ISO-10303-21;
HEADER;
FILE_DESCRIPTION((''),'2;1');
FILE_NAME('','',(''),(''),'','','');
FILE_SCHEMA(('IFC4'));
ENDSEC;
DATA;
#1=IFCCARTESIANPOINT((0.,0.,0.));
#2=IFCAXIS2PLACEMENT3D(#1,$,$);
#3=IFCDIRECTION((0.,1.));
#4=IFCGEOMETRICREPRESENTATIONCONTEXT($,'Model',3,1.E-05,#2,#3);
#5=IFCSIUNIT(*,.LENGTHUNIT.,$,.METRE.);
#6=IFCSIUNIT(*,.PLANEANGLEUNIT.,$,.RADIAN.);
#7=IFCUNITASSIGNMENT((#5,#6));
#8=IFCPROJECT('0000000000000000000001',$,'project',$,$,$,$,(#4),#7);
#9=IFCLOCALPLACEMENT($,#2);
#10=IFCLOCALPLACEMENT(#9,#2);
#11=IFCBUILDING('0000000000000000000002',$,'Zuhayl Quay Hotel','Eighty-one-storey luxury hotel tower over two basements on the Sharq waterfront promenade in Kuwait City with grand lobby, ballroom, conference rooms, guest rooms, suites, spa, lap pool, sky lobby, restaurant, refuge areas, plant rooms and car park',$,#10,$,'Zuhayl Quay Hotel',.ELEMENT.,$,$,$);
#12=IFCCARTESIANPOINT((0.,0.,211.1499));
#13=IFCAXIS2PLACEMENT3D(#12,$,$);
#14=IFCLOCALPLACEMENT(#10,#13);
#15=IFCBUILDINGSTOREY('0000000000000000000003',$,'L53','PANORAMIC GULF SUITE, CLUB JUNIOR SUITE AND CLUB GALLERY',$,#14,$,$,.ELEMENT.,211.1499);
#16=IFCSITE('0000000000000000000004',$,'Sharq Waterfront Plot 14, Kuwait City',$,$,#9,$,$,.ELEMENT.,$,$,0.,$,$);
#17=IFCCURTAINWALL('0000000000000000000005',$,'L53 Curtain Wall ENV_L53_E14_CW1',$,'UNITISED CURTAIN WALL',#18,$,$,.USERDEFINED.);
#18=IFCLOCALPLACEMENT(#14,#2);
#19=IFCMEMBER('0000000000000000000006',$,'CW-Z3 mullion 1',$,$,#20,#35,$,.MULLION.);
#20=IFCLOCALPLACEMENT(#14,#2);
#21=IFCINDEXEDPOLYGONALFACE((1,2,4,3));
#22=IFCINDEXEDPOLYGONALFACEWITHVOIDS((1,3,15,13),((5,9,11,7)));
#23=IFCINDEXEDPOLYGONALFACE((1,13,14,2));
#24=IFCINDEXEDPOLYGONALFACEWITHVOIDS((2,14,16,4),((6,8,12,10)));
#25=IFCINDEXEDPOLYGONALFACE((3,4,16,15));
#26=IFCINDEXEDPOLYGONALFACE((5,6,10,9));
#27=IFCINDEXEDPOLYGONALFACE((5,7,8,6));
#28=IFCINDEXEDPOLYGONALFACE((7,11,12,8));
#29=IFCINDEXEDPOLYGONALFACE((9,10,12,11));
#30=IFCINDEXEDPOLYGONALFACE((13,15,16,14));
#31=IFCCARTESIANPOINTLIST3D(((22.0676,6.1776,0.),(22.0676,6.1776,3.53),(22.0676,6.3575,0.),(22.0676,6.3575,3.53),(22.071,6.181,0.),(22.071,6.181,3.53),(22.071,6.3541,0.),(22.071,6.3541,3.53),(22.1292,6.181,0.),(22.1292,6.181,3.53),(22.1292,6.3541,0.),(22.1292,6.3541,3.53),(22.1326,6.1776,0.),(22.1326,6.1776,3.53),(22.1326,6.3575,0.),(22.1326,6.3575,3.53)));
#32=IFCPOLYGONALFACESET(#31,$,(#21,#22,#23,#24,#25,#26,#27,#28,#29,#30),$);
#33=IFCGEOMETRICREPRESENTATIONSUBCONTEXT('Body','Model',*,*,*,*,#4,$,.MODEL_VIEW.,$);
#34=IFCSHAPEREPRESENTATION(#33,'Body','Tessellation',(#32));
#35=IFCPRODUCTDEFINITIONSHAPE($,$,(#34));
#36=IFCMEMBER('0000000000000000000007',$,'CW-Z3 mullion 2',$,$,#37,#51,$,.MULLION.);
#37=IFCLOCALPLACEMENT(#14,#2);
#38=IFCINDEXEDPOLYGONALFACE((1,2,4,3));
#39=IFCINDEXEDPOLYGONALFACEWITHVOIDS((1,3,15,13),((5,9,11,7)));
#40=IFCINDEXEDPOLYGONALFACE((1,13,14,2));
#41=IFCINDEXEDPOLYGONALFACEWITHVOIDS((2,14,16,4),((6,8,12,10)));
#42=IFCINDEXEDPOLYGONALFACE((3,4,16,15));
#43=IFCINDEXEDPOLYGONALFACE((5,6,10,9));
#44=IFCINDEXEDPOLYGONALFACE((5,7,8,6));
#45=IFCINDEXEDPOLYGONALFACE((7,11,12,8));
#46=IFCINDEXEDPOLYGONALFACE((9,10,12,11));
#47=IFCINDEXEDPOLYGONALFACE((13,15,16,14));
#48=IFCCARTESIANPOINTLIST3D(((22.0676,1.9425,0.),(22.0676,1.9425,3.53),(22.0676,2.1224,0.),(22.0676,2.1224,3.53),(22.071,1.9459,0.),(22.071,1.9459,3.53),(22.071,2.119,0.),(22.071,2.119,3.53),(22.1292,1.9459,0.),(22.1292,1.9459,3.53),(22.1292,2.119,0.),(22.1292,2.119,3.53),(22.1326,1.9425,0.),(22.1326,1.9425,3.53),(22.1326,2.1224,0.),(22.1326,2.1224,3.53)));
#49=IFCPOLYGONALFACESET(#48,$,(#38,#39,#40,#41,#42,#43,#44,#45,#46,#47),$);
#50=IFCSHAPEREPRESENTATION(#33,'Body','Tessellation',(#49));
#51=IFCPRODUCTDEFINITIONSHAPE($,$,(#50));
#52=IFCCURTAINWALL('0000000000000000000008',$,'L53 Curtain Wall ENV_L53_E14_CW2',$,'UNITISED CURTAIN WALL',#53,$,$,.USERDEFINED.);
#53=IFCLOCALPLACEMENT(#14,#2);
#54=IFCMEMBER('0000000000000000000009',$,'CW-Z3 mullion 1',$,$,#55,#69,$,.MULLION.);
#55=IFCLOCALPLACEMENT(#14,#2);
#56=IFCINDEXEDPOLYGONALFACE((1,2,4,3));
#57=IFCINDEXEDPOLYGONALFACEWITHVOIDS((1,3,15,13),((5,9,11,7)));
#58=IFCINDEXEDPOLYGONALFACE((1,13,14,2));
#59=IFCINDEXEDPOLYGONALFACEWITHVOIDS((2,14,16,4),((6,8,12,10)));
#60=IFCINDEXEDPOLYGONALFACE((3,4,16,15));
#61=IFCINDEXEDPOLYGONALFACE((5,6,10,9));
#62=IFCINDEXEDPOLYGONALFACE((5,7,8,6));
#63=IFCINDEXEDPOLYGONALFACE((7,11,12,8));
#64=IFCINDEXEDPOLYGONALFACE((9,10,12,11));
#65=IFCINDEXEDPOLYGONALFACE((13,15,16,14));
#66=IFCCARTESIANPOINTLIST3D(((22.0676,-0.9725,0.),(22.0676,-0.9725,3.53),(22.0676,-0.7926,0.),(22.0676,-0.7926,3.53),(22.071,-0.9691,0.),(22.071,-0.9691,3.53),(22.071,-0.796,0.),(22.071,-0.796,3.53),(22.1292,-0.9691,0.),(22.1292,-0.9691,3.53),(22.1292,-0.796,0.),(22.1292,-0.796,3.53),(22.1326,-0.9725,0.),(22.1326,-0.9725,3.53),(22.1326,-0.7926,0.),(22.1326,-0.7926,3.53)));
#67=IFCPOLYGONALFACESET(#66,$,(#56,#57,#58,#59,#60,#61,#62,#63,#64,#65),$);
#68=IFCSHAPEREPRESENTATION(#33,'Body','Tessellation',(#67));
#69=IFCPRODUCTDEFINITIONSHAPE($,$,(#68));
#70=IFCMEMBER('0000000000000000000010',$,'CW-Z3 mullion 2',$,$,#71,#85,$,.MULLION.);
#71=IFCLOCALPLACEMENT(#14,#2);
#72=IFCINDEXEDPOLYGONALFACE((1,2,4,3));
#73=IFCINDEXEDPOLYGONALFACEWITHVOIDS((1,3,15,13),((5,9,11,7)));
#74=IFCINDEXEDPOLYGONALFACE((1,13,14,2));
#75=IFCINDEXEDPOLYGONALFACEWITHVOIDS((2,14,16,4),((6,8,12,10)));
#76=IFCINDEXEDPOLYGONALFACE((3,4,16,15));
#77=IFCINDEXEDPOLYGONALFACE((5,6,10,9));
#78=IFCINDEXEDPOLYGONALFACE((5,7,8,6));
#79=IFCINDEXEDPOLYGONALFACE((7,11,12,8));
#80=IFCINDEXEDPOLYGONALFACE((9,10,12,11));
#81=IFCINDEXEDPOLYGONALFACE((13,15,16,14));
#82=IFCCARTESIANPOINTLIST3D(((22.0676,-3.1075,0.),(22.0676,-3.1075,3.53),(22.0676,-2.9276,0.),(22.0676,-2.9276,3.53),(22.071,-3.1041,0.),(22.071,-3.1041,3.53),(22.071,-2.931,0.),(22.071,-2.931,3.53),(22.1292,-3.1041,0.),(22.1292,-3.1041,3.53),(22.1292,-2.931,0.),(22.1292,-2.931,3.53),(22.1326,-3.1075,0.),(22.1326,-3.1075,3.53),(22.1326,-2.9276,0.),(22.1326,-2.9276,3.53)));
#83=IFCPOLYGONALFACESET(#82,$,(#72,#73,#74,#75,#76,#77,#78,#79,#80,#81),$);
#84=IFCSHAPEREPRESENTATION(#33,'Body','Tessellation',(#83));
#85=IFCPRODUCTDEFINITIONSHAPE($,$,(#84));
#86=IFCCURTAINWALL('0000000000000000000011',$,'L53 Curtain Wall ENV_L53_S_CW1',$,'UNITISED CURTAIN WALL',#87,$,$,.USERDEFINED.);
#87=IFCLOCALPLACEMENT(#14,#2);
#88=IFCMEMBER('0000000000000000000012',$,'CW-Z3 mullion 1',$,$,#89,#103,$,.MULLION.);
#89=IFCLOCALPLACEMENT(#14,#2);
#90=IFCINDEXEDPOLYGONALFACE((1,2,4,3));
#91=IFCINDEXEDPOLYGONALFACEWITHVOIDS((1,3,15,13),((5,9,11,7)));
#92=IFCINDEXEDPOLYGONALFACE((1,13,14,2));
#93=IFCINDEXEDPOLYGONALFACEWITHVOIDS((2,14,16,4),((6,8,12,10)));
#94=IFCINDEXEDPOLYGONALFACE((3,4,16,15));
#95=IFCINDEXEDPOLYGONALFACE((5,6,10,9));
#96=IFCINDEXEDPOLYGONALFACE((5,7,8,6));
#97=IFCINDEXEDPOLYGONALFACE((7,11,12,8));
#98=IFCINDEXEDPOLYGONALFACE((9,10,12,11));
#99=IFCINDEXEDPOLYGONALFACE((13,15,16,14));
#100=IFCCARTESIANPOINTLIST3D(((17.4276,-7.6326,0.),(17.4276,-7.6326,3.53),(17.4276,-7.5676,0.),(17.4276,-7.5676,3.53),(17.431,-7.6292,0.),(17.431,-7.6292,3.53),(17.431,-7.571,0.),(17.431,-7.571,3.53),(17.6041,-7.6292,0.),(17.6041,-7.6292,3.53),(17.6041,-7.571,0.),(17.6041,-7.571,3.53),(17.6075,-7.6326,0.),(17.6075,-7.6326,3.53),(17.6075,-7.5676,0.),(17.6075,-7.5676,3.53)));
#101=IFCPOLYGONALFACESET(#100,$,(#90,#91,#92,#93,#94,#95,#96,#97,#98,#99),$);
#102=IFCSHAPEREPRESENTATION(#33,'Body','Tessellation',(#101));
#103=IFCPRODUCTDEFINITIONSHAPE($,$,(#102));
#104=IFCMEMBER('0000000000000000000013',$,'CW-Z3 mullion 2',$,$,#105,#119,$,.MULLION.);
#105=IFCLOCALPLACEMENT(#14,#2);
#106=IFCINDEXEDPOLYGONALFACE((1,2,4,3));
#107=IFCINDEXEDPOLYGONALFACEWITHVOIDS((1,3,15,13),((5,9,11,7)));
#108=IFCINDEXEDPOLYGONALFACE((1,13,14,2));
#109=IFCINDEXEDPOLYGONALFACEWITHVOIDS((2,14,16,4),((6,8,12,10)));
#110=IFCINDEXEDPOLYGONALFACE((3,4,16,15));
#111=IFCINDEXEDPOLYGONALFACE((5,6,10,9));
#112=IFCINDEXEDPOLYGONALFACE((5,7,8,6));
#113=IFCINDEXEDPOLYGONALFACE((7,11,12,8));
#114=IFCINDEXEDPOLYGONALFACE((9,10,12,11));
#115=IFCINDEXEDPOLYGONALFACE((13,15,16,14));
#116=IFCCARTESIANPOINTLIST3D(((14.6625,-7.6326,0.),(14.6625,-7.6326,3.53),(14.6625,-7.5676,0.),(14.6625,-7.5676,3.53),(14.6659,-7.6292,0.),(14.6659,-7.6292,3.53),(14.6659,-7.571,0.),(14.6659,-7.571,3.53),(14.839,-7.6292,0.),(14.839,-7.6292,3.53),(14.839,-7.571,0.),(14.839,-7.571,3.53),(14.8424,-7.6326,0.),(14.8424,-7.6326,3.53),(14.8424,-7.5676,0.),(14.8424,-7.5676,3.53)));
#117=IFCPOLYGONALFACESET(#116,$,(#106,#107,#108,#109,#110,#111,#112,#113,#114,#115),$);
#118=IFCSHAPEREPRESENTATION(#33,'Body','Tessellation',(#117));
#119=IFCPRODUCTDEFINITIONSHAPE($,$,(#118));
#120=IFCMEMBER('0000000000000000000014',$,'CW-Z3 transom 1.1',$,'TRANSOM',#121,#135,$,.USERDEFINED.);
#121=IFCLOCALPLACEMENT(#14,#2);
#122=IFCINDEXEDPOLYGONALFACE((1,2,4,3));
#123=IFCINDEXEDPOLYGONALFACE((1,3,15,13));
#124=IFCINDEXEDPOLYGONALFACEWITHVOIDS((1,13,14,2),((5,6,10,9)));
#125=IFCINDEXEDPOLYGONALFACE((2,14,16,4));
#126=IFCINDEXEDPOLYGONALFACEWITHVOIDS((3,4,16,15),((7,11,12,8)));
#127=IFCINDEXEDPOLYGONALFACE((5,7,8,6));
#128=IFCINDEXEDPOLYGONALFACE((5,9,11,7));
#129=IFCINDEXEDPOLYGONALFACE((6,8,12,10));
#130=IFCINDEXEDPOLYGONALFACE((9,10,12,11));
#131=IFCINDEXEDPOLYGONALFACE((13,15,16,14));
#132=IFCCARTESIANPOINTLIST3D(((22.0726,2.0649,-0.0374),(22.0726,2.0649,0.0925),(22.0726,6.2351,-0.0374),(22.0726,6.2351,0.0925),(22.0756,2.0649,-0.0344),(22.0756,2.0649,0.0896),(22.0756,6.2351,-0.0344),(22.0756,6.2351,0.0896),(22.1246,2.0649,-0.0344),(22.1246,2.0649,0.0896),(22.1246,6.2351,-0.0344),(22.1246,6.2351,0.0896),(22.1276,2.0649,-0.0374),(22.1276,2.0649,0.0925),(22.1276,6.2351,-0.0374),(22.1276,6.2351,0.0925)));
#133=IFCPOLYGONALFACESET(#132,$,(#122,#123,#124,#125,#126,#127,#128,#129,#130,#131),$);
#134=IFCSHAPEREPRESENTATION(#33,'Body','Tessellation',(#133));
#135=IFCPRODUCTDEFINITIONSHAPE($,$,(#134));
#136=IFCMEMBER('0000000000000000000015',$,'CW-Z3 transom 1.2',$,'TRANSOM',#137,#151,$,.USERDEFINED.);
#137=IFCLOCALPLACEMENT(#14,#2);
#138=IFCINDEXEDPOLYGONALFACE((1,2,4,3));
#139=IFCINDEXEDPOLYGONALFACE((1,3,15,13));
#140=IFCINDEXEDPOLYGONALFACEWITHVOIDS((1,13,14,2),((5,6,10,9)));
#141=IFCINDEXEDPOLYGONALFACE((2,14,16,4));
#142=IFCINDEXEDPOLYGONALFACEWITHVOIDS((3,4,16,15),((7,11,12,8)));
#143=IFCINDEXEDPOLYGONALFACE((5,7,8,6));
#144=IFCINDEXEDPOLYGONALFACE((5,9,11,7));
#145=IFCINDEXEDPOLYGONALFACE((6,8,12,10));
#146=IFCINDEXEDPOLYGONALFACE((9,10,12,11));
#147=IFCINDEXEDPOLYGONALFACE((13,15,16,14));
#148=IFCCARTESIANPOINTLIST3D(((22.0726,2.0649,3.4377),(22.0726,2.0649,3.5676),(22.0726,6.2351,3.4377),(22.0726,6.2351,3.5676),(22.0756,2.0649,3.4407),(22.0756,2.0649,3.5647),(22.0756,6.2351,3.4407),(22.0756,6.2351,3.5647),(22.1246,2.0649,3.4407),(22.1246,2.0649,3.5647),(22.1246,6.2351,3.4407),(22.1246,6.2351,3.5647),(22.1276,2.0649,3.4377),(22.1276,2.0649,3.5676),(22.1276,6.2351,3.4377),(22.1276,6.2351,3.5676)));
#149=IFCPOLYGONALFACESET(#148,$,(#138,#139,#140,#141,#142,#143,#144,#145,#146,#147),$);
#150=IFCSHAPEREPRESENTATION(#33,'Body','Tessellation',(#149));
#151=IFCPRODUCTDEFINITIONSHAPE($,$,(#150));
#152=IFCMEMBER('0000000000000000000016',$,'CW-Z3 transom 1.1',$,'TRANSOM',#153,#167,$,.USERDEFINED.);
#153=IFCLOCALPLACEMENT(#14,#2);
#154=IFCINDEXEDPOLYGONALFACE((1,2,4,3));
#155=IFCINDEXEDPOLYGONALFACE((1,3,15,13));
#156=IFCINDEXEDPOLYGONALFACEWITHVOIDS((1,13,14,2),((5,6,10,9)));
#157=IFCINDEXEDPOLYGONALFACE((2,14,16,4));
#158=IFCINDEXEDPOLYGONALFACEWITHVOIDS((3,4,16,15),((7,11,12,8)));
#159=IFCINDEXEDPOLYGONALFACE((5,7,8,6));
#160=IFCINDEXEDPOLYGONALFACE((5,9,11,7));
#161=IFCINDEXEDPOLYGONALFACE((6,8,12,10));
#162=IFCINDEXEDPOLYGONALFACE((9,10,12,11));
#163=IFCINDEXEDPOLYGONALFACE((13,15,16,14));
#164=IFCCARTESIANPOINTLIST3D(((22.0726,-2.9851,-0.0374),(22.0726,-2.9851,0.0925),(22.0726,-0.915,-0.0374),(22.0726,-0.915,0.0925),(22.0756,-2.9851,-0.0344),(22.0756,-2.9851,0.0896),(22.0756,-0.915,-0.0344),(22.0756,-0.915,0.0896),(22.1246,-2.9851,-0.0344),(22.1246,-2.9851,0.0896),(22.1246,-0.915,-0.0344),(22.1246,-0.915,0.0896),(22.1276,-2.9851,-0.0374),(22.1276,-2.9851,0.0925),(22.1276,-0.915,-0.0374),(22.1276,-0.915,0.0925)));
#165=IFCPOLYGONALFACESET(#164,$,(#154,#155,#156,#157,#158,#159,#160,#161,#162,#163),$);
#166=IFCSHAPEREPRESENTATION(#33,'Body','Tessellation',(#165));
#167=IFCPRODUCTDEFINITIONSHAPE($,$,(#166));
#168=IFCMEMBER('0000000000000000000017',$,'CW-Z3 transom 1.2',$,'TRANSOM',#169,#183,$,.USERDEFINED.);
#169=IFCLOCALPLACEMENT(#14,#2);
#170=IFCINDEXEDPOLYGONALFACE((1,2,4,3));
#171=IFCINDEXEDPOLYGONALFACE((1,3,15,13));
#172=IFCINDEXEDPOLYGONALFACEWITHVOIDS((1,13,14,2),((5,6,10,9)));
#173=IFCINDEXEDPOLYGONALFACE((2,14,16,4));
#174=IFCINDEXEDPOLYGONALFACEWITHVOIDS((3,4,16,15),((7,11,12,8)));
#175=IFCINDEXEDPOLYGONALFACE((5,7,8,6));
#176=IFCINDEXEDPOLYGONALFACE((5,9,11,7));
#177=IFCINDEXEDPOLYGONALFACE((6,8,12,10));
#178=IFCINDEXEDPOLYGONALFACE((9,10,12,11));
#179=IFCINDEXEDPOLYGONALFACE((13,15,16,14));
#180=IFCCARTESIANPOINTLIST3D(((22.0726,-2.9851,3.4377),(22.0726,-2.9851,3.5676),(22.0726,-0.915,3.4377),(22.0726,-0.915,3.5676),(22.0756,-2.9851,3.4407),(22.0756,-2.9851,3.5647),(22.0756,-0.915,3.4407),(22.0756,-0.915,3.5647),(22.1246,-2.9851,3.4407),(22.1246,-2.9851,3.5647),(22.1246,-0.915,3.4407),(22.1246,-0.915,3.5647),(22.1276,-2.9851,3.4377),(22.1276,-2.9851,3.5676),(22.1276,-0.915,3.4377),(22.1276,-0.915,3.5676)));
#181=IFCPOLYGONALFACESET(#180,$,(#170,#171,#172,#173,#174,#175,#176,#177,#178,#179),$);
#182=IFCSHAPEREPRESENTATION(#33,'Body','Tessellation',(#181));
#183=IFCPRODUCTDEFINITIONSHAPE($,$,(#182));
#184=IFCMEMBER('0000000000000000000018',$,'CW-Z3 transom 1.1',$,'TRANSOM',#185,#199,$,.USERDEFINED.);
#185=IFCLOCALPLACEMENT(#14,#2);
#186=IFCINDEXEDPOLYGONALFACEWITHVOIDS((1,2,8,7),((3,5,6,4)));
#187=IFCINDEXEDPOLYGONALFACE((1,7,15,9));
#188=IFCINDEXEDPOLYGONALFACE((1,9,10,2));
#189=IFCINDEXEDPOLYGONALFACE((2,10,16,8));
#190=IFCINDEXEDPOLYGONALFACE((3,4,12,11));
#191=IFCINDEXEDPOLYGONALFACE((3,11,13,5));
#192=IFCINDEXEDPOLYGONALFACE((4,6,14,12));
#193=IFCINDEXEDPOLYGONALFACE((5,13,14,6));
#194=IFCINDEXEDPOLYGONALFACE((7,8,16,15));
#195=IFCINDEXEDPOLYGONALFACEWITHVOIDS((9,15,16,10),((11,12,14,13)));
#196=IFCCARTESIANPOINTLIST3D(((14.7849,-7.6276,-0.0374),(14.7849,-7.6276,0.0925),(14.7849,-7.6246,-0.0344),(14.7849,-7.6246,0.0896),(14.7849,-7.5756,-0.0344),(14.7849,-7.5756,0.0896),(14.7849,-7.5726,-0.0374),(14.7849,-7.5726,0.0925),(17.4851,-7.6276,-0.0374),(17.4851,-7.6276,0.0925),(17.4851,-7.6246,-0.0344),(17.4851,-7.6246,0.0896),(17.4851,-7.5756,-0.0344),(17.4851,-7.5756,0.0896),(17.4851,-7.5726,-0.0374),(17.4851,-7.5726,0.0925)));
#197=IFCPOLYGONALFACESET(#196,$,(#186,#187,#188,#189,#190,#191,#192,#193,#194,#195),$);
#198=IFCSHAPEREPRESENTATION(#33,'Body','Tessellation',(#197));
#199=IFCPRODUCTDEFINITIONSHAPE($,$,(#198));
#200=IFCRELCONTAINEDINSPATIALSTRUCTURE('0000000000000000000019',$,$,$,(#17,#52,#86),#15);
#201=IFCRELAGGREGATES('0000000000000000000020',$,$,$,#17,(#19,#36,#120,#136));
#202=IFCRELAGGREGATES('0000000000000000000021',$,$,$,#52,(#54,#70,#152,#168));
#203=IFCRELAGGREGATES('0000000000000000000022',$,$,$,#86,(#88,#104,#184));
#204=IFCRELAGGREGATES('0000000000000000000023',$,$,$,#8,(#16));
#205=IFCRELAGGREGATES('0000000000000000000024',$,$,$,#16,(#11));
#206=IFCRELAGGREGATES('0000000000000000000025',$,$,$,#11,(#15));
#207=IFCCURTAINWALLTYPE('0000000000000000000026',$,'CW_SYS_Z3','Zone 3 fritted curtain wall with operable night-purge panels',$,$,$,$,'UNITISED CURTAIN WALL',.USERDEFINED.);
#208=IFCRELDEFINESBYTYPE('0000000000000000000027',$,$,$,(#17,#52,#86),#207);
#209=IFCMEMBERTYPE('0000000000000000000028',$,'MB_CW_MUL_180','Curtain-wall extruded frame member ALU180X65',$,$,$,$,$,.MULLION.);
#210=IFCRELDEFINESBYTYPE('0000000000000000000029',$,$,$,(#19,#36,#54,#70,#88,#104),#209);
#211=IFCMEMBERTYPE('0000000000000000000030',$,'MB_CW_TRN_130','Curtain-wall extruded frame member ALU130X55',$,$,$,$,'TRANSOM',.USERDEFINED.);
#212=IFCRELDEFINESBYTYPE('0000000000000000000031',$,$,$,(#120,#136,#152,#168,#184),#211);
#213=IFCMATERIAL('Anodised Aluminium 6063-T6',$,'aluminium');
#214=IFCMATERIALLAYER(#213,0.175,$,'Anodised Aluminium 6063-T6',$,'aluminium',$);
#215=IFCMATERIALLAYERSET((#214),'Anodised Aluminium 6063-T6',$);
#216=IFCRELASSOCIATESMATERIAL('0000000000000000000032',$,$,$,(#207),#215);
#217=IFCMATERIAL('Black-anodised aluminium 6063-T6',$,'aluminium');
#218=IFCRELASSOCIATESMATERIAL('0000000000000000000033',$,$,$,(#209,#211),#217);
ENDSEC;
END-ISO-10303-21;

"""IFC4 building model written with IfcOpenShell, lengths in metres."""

from ifc_helpers import new_model, si_unit, direction, frame, origin, origin_2d, place, context, subcontext, project, spatial, hollow_rectangle, extrude, material, layer, layer_set, material_profile, profile_set, type_object, element, aggregate, save


model = new_model("IFC4")

# Units and contexts
model_context = context("Model", 3, precision=1e-05, world=origin(), true_north=direction((0.0, 1.0)))
body_context = subcontext(model_context, "Body", "Model", "MODEL_VIEW")
ifc_project = project(units=[si_unit("LENGTHUNIT", "METRE"), si_unit("PLANEANGLEUNIT", "RADIAN")], contexts=[model_context])

# Site, building, storey
site_placement = place(None, origin())
site = spatial("IfcSite", under=ifc_project, at=site_placement, Name="Sharq Waterfront Plot 14, Kuwait City", CompositionType="ELEMENT", RefElevation=0.0)
building_placement = place(site_placement, origin())
building = spatial("IfcBuilding", under=site, at=building_placement, Name="Zuhayl Quay Hotel", Description="Eighty-one-storey luxury hotel tower over two basements on the Sharq waterfront promenade in Kuwait City with grand lobby, ballroom, conference rooms, guest rooms, suites, spa, lap pool, sky lobby, restaurant, refuge areas, plant rooms and car park", LongName="Zuhayl Quay Hotel", CompositionType="ELEMENT")
storey_placement = place(building_placement, frame((0.0, 0.0, 211.1499)))
storey = spatial("IfcBuildingStorey", under=building, at=storey_placement, Name="L53", Description="PANORAMIC GULF SUITE, CLUB JUNIOR SUITE AND CLUB GALLERY", CompositionType="ELEMENT", Elevation=211.1499)

# Curtain walls, members
ifc_material_1 = material(Name="Anodised Aluminium 6063-T6", Category="aluminium")
ifc_layer_1 = layer(ifc_material_1, 0.175, Name="Anodised Aluminium 6063-T6", Category="aluminium")
ifc_layer_set_1 = layer_set([ifc_layer_1], Name="Anodised Aluminium 6063-T6")
curtain_wall_type = type_object("IfcCurtainWallType", Name="CW_SYS_Z3", Description="Zone 3 fritted curtain wall with operable night-purge panels", ElementType="UNITISED CURTAIN WALL", PredefinedType="USERDEFINED", material=ifc_layer_set_1)
curtain_wall_1_placement = place(storey_placement, origin())
curtain_wall_1 = element("IfcCurtainWall", 1, at=curtain_wall_1_placement, inside=storey, type_object=curtain_wall_type, Name="L53 Curtain Wall ENV_L53_E14_CW1", ObjectType="UNITISED CURTAIN WALL", PredefinedType="USERDEFINED")
ifc_material_2 = material(Name="Black-anodised aluminium 6063-T6", Category="aluminium")
ifc_material_profile_1 = material_profile(ifc_material_2, hollow_rectangle(XDim=0.0649, YDim=0.1799, WallThickness=0.0034, at=origin_2d()), Name="ALU180X65")
ifc_profile_set_1 = profile_set([ifc_material_profile_1], Name="Black-anodised aluminium 6063-T6")
member_type_1 = type_object("IfcMemberType", Name="MB_CW_MUL_180", Description="Curtain-wall extruded frame member ALU180X65", PredefinedType="MULLION", material=ifc_profile_set_1)
member_1_placement = place(storey_placement, frame((22.1001, 6.2676, 0.0), z_axis=(0.0, 0.0, 1.0), x_axis=(1.0, 0.0, 0.0)))
member_1 = element("IfcMember", 2, at=member_1_placement, type_object=member_type_1, Name="CW-Z3 mullion 1", PredefinedType="MULLION", context=body_context, shape_type="SweptSolid", body=[
    extrude(hollow_rectangle(XDim=0.0649, YDim=0.1799, WallThickness=0.0034, at=origin_2d()), origin(), (0.0, 0.0, 1.0), 3.53),
])
member_2_placement = place(storey_placement, frame((22.1001, 2.0325, 0.0), z_axis=(0.0, 0.0, 1.0), x_axis=(1.0, 0.0, 0.0)))
member_2 = element("IfcMember", 3, at=member_2_placement, type_object=member_type_1, Name="CW-Z3 mullion 2", PredefinedType="MULLION", context=body_context, shape_type="SweptSolid", body=[
    extrude(hollow_rectangle(XDim=0.0649, YDim=0.1799, WallThickness=0.0034, at=origin_2d()), origin(), (0.0, 0.0, 1.0), 3.53),
])
curtain_wall_2_placement = place(storey_placement, origin())
curtain_wall_2 = element("IfcCurtainWall", 4, at=curtain_wall_2_placement, inside=storey, type_object=curtain_wall_type, Name="L53 Curtain Wall ENV_L53_E14_CW2", ObjectType="UNITISED CURTAIN WALL", PredefinedType="USERDEFINED")
member_3_placement = place(storey_placement, frame((22.1001, -0.8826, 0.0), z_axis=(0.0, 0.0, 1.0), x_axis=(1.0, 0.0, 0.0)))
member_3 = element("IfcMember", 5, at=member_3_placement, type_object=member_type_1, Name="CW-Z3 mullion 1", PredefinedType="MULLION", context=body_context, shape_type="SweptSolid", body=[
    extrude(hollow_rectangle(XDim=0.0649, YDim=0.1799, WallThickness=0.0034, at=origin_2d()), origin(), (0.0, 0.0, 1.0), 3.53),
])
member_4_placement = place(storey_placement, frame((22.1001, -3.0176, 0.0), z_axis=(0.0, 0.0, 1.0), x_axis=(1.0, 0.0, 0.0)))
member_4 = element("IfcMember", 6, at=member_4_placement, type_object=member_type_1, Name="CW-Z3 mullion 2", PredefinedType="MULLION", context=body_context, shape_type="SweptSolid", body=[
    extrude(hollow_rectangle(XDim=0.0649, YDim=0.1799, WallThickness=0.0034, at=origin_2d()), origin(), (0.0, 0.0, 1.0), 3.53),
])
curtain_wall_3_placement = place(storey_placement, origin())
curtain_wall_3 = element("IfcCurtainWall", 7, at=curtain_wall_3_placement, inside=storey, type_object=curtain_wall_type, Name="L53 Curtain Wall ENV_L53_S_CW1", ObjectType="UNITISED CURTAIN WALL", PredefinedType="USERDEFINED")
member_5_placement = place(storey_placement, frame((17.5176, -7.6001, 0.0), z_axis=(0.0, 0.0, 1.0), x_axis=(0.0, -1.0, 0.0)))
member_5 = element("IfcMember", 8, at=member_5_placement, type_object=member_type_1, Name="CW-Z3 mullion 1", PredefinedType="MULLION", context=body_context, shape_type="SweptSolid", body=[
    extrude(hollow_rectangle(XDim=0.0649, YDim=0.1799, WallThickness=0.0034, at=origin_2d()), origin(), (0.0, 0.0, 1.0), 3.53),
])
member_6_placement = place(storey_placement, frame((14.7524, -7.6001, 0.0), z_axis=(0.0, 0.0, 1.0), x_axis=(0.0, -1.0, 0.0)))
member_6 = element("IfcMember", 9, at=member_6_placement, type_object=member_type_1, Name="CW-Z3 mullion 2", PredefinedType="MULLION", context=body_context, shape_type="SweptSolid", body=[
    extrude(hollow_rectangle(XDim=0.0649, YDim=0.1799, WallThickness=0.0034, at=origin_2d()), origin(), (0.0, 0.0, 1.0), 3.53),
])

# Members
ifc_material_profile_2 = material_profile(ifc_material_2, hollow_rectangle(XDim=0.0549, YDim=0.1299, WallThickness=0.0029, at=origin_2d()), Name="ALU130X55")
ifc_profile_set_2 = profile_set([ifc_material_profile_2], Name="Black-anodised aluminium 6063-T6")
member_type_2 = type_object("IfcMemberType", Name="MB_CW_TRN_130", Description="Curtain-wall extruded frame member ALU130X55", ElementType="TRANSOM", PredefinedType="USERDEFINED", material=ifc_profile_set_2)
member_7_placement = place(storey_placement, frame((22.1001, 6.2351, 0.0276), z_axis=(0.0, -1.0, 0.0), x_axis=(1.0, 0.0, 0.0)))
member_7 = element("IfcMember", 10, at=member_7_placement, type_object=member_type_2, Name="CW-Z3 transom 1.1", ObjectType="TRANSOM", PredefinedType="USERDEFINED", context=body_context, shape_type="SweptSolid", body=[
    extrude(hollow_rectangle(XDim=0.0549, YDim=0.1299, WallThickness=0.0029, at=origin_2d()), origin(), (0.0, 0.0, 1.0), 4.1702),
])
member_8_placement = place(storey_placement, frame((22.1001, 6.2351, 3.5027), z_axis=(0.0, -1.0, 0.0), x_axis=(1.0, 0.0, 0.0)))
member_8 = element("IfcMember", 11, at=member_8_placement, type_object=member_type_2, Name="CW-Z3 transom 1.2", ObjectType="TRANSOM", PredefinedType="USERDEFINED", context=body_context, shape_type="SweptSolid", body=[
    extrude(hollow_rectangle(XDim=0.0549, YDim=0.1299, WallThickness=0.0029, at=origin_2d()), origin(), (0.0, 0.0, 1.0), 4.1702),
])
member_9_placement = place(storey_placement, frame((22.1001, -0.915, 0.0276), z_axis=(0.0, -1.0, 0.0), x_axis=(1.0, 0.0, 0.0)))
member_9 = element("IfcMember", 12, at=member_9_placement, type_object=member_type_2, Name="CW-Z3 transom 1.1", ObjectType="TRANSOM", PredefinedType="USERDEFINED", context=body_context, shape_type="SweptSolid", body=[
    extrude(hollow_rectangle(XDim=0.0549, YDim=0.1299, WallThickness=0.0029, at=origin_2d()), origin(), (0.0, 0.0, 1.0), 2.0701),
])
member_10_placement = place(storey_placement, frame((22.1001, -0.915, 3.5027), z_axis=(0.0, -1.0, 0.0), x_axis=(1.0, 0.0, 0.0)))
member_10 = element("IfcMember", 13, at=member_10_placement, type_object=member_type_2, Name="CW-Z3 transom 1.2", ObjectType="TRANSOM", PredefinedType="USERDEFINED", context=body_context, shape_type="SweptSolid", body=[
    extrude(hollow_rectangle(XDim=0.0549, YDim=0.1299, WallThickness=0.0029, at=origin_2d()), origin(), (0.0, 0.0, 1.0), 2.0701),
])
member_11_placement = place(storey_placement, frame((17.4851, -7.6001, 0.0276), z_axis=(-1.0, 0.0, 0.0), x_axis=(0.0, -1.0, 0.0)))
member_11 = element("IfcMember", 14, at=member_11_placement, type_object=member_type_2, Name="CW-Z3 transom 1.1", ObjectType="TRANSOM", PredefinedType="USERDEFINED", context=body_context, shape_type="SweptSolid", body=[
    extrude(hollow_rectangle(XDim=0.0549, YDim=0.1299, WallThickness=0.0029, at=origin_2d()), origin(), (0.0, 0.0, 1.0), 2.7002),
])

aggregate(curtain_wall_1, [member_1, member_2, member_7, member_8])
aggregate(curtain_wall_2, [member_3, member_4, member_9, member_10])
aggregate(curtain_wall_3, [member_5, member_6, member_11])

save(model, "model.ifc")
